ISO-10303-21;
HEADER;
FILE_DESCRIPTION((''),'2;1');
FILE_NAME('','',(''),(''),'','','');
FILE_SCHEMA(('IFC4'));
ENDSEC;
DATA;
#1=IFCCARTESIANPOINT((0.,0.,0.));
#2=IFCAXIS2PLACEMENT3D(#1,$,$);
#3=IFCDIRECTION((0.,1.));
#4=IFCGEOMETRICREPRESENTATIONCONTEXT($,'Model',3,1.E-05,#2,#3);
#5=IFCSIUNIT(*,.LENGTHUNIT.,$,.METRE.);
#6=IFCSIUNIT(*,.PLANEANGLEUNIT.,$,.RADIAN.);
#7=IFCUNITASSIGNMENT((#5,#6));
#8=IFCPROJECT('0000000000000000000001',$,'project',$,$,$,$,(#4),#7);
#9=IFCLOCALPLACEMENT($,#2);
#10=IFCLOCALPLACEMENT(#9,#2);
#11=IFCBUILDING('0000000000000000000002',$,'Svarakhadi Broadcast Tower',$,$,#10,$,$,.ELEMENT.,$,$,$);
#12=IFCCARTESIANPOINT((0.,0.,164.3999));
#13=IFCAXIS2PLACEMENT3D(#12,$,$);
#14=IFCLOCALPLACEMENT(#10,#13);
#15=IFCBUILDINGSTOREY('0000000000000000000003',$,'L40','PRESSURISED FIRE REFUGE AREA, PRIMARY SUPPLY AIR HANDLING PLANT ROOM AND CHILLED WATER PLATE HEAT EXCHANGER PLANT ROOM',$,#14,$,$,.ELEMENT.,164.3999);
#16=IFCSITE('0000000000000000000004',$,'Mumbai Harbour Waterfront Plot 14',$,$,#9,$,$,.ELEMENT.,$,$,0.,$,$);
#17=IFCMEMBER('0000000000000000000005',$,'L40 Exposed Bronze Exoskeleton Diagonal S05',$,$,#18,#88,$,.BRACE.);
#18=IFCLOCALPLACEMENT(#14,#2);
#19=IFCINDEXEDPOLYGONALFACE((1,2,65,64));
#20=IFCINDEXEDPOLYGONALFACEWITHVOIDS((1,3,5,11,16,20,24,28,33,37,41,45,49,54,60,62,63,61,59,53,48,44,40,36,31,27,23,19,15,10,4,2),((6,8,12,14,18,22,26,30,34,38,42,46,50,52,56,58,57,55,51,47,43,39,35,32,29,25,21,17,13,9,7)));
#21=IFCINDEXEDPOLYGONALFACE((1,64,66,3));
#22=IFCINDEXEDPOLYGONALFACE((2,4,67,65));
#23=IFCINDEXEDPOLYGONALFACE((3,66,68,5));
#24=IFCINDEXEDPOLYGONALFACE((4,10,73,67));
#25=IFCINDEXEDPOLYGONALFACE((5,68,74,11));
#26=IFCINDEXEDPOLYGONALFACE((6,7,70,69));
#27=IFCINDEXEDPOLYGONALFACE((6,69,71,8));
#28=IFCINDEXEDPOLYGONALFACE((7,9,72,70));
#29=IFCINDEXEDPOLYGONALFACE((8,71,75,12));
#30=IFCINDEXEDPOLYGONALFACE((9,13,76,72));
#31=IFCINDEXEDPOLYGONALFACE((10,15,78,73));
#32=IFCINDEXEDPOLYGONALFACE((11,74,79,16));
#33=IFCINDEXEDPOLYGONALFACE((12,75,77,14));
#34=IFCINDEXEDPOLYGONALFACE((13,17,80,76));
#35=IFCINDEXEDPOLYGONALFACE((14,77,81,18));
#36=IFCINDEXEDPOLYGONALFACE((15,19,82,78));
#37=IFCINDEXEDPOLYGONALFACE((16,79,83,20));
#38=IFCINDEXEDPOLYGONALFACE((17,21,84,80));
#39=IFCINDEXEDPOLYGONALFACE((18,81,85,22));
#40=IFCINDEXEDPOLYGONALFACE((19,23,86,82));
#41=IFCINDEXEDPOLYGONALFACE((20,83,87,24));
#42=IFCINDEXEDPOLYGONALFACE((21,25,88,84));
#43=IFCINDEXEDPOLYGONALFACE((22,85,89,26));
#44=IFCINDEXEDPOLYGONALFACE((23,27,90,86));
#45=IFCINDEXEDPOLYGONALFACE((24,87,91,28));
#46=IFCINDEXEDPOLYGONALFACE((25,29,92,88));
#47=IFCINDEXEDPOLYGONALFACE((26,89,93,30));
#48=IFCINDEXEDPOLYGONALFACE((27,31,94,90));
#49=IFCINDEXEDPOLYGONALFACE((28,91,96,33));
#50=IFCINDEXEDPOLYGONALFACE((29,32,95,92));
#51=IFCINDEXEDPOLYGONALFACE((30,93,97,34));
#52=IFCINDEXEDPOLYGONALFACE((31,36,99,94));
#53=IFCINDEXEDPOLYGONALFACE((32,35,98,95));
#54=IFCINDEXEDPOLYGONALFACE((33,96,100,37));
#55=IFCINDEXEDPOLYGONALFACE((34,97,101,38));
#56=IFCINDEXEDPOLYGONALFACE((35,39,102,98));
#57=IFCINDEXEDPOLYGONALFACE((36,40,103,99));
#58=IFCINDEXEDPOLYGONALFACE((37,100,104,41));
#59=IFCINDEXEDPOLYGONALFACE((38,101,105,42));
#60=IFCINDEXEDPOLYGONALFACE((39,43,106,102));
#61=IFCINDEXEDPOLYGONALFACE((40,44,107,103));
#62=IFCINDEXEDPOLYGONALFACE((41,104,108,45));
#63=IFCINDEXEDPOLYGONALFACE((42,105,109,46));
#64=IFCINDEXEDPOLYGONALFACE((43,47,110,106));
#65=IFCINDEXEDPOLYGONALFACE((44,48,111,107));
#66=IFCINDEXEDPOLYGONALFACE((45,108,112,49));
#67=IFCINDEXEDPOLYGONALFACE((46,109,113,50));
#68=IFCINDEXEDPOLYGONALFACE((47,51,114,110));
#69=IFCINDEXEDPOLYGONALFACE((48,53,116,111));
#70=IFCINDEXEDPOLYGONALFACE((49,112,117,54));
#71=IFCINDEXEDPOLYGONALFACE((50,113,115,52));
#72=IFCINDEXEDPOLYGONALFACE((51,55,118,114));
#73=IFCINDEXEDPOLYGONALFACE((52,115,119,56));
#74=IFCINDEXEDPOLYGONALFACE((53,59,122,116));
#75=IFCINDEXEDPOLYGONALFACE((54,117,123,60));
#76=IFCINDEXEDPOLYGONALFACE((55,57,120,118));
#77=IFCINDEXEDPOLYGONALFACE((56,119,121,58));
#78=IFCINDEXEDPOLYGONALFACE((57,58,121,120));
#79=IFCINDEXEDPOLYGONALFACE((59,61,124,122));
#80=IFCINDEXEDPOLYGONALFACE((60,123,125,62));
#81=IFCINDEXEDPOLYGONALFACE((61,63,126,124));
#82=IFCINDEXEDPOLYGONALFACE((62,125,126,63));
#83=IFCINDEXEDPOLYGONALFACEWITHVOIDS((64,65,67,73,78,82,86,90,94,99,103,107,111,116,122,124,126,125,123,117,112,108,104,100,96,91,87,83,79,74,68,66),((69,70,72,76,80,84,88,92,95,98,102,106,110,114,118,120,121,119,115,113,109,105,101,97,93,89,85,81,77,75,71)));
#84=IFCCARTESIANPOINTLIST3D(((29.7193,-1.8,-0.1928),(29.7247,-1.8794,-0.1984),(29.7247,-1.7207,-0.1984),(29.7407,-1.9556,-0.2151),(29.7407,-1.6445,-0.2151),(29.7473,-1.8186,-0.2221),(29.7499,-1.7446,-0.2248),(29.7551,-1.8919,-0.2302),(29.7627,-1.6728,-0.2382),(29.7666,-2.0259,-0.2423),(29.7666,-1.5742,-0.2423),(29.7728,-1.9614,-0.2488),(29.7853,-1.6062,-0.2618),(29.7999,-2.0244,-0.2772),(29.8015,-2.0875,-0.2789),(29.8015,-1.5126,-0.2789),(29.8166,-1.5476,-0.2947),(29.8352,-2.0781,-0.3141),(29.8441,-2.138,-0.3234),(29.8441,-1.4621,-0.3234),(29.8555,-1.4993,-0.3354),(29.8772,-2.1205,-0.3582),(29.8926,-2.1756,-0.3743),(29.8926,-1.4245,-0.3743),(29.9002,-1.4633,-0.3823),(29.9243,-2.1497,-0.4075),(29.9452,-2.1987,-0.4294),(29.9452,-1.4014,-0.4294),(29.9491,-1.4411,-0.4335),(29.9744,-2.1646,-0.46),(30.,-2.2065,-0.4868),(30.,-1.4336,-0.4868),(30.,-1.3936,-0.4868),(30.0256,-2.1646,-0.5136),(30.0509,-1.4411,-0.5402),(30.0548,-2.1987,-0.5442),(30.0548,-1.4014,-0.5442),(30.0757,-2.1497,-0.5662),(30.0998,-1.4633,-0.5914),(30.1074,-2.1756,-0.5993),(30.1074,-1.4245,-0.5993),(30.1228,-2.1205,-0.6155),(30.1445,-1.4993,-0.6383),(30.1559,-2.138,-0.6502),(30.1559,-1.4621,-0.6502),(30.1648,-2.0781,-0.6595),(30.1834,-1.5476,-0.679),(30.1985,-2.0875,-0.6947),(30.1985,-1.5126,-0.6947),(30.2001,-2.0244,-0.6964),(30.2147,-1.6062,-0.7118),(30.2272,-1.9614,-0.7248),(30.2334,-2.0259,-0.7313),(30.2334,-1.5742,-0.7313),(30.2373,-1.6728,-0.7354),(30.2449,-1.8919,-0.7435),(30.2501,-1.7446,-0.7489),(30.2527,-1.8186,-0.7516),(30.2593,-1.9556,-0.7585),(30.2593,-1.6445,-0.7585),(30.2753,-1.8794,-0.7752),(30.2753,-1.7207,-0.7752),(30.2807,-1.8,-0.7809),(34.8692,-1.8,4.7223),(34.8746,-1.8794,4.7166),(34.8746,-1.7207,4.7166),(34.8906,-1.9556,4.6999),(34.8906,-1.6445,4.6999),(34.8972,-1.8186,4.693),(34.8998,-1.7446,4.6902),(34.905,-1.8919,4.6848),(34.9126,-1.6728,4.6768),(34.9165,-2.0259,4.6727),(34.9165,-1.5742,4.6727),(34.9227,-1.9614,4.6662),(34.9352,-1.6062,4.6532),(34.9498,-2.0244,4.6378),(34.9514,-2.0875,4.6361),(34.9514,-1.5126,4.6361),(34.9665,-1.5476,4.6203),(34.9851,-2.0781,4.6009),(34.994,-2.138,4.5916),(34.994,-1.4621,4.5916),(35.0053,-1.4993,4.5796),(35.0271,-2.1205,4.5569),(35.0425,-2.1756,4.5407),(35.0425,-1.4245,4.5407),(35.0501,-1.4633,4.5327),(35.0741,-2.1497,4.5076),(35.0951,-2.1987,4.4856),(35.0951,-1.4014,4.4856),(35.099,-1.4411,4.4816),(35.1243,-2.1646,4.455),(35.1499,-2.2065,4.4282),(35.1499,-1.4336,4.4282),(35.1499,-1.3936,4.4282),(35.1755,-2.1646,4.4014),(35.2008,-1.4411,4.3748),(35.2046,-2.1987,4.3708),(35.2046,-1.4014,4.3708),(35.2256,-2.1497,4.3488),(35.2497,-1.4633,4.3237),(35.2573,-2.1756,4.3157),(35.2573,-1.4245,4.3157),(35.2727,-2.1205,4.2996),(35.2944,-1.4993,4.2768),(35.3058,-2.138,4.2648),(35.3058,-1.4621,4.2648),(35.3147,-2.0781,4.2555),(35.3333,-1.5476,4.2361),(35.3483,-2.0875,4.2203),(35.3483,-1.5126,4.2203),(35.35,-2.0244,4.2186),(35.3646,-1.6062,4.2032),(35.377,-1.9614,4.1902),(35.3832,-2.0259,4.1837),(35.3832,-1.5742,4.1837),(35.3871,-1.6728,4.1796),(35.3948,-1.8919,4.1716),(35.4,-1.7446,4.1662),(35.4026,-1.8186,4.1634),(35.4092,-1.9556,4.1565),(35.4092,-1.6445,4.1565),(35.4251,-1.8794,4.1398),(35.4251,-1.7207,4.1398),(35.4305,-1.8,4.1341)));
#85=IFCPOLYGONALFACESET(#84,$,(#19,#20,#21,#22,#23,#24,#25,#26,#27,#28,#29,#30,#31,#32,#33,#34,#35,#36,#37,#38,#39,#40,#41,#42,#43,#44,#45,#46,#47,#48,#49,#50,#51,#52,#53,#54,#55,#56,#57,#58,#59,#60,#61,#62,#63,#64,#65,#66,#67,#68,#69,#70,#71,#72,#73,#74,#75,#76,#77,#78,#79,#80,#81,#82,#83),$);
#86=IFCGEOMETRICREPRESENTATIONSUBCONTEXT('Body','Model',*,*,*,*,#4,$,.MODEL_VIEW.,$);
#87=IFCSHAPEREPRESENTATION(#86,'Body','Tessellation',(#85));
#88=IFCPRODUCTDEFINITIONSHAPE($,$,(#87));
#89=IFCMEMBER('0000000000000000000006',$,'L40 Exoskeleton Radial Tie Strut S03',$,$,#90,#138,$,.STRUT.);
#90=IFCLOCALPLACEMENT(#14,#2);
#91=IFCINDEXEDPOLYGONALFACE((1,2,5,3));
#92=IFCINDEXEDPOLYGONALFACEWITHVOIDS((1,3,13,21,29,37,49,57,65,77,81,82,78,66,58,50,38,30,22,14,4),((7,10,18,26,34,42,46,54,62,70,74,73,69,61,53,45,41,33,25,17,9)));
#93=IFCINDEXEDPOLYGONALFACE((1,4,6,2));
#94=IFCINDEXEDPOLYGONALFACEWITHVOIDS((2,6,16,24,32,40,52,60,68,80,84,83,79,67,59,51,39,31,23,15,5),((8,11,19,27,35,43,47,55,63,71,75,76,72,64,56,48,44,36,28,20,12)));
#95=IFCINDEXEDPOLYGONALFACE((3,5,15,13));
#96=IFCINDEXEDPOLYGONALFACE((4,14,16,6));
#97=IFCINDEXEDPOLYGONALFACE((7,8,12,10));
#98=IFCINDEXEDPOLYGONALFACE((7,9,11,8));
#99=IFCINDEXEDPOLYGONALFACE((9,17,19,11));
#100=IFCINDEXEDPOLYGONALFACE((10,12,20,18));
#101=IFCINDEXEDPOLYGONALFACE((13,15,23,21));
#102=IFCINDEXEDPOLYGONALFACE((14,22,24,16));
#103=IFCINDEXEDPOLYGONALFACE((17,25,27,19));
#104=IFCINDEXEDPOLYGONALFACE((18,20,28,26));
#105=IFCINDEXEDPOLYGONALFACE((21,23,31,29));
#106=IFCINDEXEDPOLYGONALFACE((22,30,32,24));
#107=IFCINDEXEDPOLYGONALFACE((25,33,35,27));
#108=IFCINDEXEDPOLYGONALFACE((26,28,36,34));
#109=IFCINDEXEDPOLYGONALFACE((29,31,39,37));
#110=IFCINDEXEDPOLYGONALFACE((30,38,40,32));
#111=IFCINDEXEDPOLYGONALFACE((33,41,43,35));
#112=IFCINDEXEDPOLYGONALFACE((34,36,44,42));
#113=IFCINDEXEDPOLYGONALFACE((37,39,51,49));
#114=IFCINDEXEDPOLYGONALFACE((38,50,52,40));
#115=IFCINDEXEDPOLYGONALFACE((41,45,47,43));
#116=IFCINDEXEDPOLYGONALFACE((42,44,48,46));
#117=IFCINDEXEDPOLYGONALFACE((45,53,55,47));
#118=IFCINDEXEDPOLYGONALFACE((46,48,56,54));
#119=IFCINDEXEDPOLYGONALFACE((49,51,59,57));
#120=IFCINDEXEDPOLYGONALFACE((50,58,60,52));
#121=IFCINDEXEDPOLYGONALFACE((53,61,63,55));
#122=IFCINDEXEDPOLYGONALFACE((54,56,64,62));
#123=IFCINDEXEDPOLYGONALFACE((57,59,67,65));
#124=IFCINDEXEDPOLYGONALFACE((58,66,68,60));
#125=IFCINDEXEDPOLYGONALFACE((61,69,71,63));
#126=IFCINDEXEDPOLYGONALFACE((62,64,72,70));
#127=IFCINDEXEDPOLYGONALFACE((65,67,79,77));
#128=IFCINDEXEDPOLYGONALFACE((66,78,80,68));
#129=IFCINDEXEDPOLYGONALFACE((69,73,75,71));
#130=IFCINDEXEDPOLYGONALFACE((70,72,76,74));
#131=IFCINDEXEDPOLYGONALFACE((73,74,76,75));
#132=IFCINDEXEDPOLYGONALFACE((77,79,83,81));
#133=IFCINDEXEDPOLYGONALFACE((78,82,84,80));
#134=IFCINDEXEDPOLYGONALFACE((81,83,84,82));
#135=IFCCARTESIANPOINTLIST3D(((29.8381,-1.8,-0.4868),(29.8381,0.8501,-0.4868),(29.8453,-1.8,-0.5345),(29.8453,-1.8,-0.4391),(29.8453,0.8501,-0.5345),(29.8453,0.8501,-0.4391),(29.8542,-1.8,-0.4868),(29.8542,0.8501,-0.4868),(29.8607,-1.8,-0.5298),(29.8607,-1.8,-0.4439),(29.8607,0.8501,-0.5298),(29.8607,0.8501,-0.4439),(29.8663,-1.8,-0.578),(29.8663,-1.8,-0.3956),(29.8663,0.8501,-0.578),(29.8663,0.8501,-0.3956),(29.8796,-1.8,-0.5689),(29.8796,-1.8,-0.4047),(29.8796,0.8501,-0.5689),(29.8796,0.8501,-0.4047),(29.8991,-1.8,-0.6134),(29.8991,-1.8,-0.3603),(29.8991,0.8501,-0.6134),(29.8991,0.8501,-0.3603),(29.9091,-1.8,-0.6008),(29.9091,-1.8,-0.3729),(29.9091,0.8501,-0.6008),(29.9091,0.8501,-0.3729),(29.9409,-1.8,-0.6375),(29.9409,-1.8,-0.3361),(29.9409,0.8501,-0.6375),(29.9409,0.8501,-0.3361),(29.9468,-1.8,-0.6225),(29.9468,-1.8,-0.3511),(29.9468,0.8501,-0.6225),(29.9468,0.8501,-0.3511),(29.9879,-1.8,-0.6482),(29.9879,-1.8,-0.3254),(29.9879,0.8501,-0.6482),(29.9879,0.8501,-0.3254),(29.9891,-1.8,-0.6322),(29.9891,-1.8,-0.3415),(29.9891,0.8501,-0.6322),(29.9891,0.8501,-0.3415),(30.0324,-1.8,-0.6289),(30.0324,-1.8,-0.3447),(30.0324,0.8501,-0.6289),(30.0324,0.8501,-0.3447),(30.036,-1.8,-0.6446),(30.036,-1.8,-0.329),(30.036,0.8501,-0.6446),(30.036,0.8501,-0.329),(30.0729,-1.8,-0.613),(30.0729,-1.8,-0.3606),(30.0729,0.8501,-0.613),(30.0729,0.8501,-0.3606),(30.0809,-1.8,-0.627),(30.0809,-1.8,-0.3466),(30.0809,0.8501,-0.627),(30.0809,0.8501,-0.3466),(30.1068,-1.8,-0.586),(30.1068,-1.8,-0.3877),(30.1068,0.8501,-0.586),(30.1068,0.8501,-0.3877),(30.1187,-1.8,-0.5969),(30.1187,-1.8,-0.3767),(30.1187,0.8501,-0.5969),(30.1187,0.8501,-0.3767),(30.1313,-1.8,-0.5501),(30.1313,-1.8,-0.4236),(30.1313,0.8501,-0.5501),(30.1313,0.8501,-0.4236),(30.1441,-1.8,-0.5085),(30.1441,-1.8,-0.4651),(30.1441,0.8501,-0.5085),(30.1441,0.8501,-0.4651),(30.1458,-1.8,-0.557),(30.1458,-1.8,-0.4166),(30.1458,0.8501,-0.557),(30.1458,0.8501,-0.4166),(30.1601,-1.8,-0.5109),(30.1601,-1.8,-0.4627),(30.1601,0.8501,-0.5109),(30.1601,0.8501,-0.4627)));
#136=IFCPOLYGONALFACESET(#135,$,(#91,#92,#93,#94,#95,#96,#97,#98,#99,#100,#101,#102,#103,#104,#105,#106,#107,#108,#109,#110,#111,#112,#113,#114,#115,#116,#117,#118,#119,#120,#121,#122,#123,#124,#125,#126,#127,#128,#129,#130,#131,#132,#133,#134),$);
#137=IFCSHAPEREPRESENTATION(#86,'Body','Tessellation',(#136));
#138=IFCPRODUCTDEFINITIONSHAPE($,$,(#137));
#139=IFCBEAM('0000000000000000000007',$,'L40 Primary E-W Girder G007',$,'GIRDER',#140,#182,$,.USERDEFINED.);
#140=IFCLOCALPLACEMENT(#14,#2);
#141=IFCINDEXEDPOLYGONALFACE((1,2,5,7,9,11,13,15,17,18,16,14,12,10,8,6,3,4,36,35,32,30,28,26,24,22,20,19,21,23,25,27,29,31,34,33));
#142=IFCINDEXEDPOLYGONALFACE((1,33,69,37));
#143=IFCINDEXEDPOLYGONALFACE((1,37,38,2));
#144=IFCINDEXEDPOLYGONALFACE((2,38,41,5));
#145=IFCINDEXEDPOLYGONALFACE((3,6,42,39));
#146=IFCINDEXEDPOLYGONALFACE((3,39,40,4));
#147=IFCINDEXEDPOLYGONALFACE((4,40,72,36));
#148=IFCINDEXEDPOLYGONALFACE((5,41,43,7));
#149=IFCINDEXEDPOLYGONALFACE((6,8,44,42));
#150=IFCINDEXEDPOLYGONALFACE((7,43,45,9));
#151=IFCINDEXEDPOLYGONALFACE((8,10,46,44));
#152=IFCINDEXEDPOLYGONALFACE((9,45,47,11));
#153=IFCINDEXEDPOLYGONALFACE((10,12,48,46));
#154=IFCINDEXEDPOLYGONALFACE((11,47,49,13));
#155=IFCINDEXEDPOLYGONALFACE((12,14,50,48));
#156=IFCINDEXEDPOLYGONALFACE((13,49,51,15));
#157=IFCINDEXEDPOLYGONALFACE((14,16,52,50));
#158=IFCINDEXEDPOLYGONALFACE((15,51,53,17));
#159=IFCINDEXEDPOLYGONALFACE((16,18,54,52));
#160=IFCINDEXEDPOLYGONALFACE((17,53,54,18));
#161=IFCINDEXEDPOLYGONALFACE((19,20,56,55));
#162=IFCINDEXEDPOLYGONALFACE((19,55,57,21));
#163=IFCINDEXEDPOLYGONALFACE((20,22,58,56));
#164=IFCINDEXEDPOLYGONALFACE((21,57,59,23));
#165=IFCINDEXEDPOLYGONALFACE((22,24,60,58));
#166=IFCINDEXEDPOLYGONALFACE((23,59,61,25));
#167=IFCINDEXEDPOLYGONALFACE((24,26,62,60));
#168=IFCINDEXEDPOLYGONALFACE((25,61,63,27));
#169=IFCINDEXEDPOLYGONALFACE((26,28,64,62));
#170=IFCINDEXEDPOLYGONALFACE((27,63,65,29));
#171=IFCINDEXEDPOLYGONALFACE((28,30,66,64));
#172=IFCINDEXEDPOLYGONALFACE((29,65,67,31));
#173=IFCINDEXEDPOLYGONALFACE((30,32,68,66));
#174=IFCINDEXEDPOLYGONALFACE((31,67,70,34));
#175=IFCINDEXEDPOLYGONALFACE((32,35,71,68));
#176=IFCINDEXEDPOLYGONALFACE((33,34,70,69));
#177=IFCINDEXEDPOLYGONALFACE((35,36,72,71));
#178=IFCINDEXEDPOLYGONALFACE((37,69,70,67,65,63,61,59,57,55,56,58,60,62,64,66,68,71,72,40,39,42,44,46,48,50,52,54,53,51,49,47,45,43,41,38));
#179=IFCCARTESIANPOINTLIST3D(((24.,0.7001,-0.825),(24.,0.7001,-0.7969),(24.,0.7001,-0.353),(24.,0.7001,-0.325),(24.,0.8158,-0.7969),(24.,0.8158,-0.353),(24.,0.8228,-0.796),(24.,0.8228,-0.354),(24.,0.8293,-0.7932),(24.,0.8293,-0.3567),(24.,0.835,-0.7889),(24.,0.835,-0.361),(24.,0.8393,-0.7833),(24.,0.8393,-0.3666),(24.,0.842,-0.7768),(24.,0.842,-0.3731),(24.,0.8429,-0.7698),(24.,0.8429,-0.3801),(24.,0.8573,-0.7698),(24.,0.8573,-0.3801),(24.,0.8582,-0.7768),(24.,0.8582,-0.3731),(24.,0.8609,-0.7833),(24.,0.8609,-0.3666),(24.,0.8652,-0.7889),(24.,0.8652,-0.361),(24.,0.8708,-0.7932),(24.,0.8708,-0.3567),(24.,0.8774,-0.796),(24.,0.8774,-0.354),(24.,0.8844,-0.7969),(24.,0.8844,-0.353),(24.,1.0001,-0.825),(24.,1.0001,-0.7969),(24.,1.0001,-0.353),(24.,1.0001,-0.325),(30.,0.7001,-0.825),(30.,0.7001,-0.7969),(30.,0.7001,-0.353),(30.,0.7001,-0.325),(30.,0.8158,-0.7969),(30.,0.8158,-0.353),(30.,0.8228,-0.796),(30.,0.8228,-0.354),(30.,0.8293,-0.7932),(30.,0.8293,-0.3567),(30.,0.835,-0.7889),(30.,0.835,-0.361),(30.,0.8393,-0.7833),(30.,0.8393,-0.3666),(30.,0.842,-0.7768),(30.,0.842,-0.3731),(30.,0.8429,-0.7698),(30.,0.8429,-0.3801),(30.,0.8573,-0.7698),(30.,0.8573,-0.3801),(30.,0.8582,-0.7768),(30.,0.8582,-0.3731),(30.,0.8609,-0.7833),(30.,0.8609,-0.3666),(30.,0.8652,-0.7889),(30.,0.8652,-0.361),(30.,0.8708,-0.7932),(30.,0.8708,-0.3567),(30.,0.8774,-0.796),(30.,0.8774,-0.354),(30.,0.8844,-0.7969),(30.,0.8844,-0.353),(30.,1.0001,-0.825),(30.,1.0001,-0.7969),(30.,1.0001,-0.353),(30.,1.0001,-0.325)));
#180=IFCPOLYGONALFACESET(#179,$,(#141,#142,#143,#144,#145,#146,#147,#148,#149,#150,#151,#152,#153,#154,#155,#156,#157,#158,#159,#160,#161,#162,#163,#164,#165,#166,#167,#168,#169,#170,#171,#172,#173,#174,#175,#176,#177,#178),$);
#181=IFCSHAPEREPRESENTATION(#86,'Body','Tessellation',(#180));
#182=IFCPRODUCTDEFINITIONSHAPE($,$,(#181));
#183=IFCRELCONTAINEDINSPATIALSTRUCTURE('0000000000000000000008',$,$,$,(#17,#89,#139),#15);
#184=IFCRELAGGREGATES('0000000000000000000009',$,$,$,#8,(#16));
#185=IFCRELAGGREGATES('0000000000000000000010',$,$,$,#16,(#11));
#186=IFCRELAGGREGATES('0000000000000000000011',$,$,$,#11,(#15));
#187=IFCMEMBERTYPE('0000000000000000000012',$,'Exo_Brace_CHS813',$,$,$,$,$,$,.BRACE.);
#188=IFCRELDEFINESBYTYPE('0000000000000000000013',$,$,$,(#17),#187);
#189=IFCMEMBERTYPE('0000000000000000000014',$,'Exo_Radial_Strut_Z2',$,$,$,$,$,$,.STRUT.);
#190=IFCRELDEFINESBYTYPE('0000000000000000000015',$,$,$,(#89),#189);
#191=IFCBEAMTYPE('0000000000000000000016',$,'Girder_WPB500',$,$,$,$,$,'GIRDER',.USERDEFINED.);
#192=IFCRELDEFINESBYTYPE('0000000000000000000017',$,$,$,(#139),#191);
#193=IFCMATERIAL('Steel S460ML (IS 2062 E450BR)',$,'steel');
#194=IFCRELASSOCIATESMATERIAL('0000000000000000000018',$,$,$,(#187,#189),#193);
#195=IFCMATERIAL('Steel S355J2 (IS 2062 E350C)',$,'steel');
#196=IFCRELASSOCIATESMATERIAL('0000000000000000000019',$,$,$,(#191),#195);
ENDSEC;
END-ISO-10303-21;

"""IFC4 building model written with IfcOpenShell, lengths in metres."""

from ifc_helpers import new_model, si_unit, direction, frame, origin, origin_2d, place, context, subcontext, project, spatial, hollow_circle, i_section, extrude, material, material_profile, profile_set, type_object, element, save


model = new_model("IFC4")

# Units and contexts
model_context = context("Model", 3, precision=1e-05, world=origin(), true_north=direction((0.0, 1.0)))
body_context = subcontext(model_context, "Body", "Model", "MODEL_VIEW")
ifc_project = project(units=[si_unit("LENGTHUNIT", "METRE"), si_unit("PLANEANGLEUNIT", "RADIAN")], contexts=[model_context])

# Site, building, storey
site_placement = place(None, origin())
site = spatial("IfcSite", under=ifc_project, at=site_placement, Name="Mumbai Harbour Waterfront Plot 14", CompositionType="ELEMENT", RefElevation=0.0)
building_placement = place(site_placement, origin())
building = spatial("IfcBuilding", under=site, at=building_placement, Name="Svarakhadi Broadcast Tower", CompositionType="ELEMENT")
storey_placement = place(building_placement, frame((0.0, 0.0, 164.3999)))
storey = spatial("IfcBuildingStorey", under=building, at=storey_placement, Name="L40", Description="PRESSURISED FIRE REFUGE AREA, PRIMARY SUPPLY AIR HANDLING PLANT ROOM AND CHILLED WATER PLATE HEAT EXCHANGER PLANT ROOM", CompositionType="ELEMENT", Elevation=164.3999)

# Shared definitions
ifc_material_1 = material(Name="Steel S460ML (IS 2062 E450BR)", Category="steel")

# Members
ifc_material_profile_1 = material_profile(ifc_material_1, hollow_circle(Radius=0.4065, WallThickness=0.04, at=origin_2d()), Name="CHS 813x40")
ifc_profile_set_1 = profile_set([ifc_material_profile_1], Name="Steel S460ML (IS 2062 E450BR)")
member_type_1 = type_object("IfcMemberType", Name="Exo_Brace_CHS813", PredefinedType="BRACE", material=ifc_profile_set_1)
member_1_placement = place(storey_placement, frame((30.0, -1.8, -0.4868), z_axis=(0.72341, 0.0, 0.690419), x_axis=(0.0, 1.0, 0.0)))
element("IfcMember", 1, at=member_1_placement, inside=storey, type_object=member_type_1, Name="L40 Exposed Bronze Exoskeleton Diagonal S05", PredefinedType="BRACE", context=body_context, shape_type="SweptSolid", body=[
    extrude(hollow_circle(Radius=0.4065, WallThickness=0.04, at=origin_2d()), origin(), (0.0, 0.0, 1.0), 7.1189),
])
ifc_material_profile_2 = material_profile(ifc_material_1, hollow_circle(Radius=0.1619, WallThickness=0.0161, at=origin_2d()), Name="CHS 323.9x16")
ifc_profile_set_2 = profile_set([ifc_material_profile_2], Name="Steel S460ML (IS 2062 E450BR)")
member_type_2 = type_object("IfcMemberType", Name="Exo_Radial_Strut_Z2", PredefinedType="STRUT", material=ifc_profile_set_2)
member_2_placement = place(storey_placement, frame((30.0, -1.8, -0.4868), z_axis=(0.0, 1.0, 0.0), x_axis=(-1.0, 0.0, 0.0)))
element("IfcMember", 2, at=member_2_placement, inside=storey, type_object=member_type_2, Name="L40 Exoskeleton Radial Tie Strut S03", PredefinedType="STRUT", context=body_context, shape_type="SweptSolid", body=[
    extrude(hollow_circle(Radius=0.1619, WallThickness=0.0161, at=origin_2d()), origin(), (0.0, 0.0, 1.0), 2.6501),
])

# Beam
ifc_material_2 = material(Name="Steel S355J2 (IS 2062 E350C)", Category="steel")
ifc_material_profile_3 = material_profile(ifc_material_2, i_section(OverallWidth=0.3, OverallDepth=0.5, WebThickness=0.0144, FlangeThickness=0.0281, FilletRadius=0.0271, at=origin_2d()), Name="WPB 500x300x187")
ifc_profile_set_3 = profile_set([ifc_material_profile_3], Name="Steel S355J2 (IS 2062 E350C)")
beam_type_1 = type_object("IfcBeamType", Name="Girder_WPB500", ElementType="GIRDER", PredefinedType="USERDEFINED", material=ifc_profile_set_3)
beam_1_placement = place(storey_placement, frame((24.0, 0.8501, -0.575), z_axis=(1.0, 0.0, 0.0), x_axis=(0.0, 1.0, 0.0)))
element("IfcBeam", 3, at=beam_1_placement, inside=storey, type_object=beam_type_1, Name="L40 Primary E-W Girder G007", ObjectType="GIRDER", PredefinedType="USERDEFINED", context=body_context, shape_type="SweptSolid", body=[
    extrude(i_section(OverallWidth=0.3, OverallDepth=0.5, WebThickness=0.0144, FlangeThickness=0.0281, FilletRadius=0.0271, at=origin_2d()), origin(), (0.0, 0.0, 1.0), 6.0),
])

save(model, "model.ifc")
